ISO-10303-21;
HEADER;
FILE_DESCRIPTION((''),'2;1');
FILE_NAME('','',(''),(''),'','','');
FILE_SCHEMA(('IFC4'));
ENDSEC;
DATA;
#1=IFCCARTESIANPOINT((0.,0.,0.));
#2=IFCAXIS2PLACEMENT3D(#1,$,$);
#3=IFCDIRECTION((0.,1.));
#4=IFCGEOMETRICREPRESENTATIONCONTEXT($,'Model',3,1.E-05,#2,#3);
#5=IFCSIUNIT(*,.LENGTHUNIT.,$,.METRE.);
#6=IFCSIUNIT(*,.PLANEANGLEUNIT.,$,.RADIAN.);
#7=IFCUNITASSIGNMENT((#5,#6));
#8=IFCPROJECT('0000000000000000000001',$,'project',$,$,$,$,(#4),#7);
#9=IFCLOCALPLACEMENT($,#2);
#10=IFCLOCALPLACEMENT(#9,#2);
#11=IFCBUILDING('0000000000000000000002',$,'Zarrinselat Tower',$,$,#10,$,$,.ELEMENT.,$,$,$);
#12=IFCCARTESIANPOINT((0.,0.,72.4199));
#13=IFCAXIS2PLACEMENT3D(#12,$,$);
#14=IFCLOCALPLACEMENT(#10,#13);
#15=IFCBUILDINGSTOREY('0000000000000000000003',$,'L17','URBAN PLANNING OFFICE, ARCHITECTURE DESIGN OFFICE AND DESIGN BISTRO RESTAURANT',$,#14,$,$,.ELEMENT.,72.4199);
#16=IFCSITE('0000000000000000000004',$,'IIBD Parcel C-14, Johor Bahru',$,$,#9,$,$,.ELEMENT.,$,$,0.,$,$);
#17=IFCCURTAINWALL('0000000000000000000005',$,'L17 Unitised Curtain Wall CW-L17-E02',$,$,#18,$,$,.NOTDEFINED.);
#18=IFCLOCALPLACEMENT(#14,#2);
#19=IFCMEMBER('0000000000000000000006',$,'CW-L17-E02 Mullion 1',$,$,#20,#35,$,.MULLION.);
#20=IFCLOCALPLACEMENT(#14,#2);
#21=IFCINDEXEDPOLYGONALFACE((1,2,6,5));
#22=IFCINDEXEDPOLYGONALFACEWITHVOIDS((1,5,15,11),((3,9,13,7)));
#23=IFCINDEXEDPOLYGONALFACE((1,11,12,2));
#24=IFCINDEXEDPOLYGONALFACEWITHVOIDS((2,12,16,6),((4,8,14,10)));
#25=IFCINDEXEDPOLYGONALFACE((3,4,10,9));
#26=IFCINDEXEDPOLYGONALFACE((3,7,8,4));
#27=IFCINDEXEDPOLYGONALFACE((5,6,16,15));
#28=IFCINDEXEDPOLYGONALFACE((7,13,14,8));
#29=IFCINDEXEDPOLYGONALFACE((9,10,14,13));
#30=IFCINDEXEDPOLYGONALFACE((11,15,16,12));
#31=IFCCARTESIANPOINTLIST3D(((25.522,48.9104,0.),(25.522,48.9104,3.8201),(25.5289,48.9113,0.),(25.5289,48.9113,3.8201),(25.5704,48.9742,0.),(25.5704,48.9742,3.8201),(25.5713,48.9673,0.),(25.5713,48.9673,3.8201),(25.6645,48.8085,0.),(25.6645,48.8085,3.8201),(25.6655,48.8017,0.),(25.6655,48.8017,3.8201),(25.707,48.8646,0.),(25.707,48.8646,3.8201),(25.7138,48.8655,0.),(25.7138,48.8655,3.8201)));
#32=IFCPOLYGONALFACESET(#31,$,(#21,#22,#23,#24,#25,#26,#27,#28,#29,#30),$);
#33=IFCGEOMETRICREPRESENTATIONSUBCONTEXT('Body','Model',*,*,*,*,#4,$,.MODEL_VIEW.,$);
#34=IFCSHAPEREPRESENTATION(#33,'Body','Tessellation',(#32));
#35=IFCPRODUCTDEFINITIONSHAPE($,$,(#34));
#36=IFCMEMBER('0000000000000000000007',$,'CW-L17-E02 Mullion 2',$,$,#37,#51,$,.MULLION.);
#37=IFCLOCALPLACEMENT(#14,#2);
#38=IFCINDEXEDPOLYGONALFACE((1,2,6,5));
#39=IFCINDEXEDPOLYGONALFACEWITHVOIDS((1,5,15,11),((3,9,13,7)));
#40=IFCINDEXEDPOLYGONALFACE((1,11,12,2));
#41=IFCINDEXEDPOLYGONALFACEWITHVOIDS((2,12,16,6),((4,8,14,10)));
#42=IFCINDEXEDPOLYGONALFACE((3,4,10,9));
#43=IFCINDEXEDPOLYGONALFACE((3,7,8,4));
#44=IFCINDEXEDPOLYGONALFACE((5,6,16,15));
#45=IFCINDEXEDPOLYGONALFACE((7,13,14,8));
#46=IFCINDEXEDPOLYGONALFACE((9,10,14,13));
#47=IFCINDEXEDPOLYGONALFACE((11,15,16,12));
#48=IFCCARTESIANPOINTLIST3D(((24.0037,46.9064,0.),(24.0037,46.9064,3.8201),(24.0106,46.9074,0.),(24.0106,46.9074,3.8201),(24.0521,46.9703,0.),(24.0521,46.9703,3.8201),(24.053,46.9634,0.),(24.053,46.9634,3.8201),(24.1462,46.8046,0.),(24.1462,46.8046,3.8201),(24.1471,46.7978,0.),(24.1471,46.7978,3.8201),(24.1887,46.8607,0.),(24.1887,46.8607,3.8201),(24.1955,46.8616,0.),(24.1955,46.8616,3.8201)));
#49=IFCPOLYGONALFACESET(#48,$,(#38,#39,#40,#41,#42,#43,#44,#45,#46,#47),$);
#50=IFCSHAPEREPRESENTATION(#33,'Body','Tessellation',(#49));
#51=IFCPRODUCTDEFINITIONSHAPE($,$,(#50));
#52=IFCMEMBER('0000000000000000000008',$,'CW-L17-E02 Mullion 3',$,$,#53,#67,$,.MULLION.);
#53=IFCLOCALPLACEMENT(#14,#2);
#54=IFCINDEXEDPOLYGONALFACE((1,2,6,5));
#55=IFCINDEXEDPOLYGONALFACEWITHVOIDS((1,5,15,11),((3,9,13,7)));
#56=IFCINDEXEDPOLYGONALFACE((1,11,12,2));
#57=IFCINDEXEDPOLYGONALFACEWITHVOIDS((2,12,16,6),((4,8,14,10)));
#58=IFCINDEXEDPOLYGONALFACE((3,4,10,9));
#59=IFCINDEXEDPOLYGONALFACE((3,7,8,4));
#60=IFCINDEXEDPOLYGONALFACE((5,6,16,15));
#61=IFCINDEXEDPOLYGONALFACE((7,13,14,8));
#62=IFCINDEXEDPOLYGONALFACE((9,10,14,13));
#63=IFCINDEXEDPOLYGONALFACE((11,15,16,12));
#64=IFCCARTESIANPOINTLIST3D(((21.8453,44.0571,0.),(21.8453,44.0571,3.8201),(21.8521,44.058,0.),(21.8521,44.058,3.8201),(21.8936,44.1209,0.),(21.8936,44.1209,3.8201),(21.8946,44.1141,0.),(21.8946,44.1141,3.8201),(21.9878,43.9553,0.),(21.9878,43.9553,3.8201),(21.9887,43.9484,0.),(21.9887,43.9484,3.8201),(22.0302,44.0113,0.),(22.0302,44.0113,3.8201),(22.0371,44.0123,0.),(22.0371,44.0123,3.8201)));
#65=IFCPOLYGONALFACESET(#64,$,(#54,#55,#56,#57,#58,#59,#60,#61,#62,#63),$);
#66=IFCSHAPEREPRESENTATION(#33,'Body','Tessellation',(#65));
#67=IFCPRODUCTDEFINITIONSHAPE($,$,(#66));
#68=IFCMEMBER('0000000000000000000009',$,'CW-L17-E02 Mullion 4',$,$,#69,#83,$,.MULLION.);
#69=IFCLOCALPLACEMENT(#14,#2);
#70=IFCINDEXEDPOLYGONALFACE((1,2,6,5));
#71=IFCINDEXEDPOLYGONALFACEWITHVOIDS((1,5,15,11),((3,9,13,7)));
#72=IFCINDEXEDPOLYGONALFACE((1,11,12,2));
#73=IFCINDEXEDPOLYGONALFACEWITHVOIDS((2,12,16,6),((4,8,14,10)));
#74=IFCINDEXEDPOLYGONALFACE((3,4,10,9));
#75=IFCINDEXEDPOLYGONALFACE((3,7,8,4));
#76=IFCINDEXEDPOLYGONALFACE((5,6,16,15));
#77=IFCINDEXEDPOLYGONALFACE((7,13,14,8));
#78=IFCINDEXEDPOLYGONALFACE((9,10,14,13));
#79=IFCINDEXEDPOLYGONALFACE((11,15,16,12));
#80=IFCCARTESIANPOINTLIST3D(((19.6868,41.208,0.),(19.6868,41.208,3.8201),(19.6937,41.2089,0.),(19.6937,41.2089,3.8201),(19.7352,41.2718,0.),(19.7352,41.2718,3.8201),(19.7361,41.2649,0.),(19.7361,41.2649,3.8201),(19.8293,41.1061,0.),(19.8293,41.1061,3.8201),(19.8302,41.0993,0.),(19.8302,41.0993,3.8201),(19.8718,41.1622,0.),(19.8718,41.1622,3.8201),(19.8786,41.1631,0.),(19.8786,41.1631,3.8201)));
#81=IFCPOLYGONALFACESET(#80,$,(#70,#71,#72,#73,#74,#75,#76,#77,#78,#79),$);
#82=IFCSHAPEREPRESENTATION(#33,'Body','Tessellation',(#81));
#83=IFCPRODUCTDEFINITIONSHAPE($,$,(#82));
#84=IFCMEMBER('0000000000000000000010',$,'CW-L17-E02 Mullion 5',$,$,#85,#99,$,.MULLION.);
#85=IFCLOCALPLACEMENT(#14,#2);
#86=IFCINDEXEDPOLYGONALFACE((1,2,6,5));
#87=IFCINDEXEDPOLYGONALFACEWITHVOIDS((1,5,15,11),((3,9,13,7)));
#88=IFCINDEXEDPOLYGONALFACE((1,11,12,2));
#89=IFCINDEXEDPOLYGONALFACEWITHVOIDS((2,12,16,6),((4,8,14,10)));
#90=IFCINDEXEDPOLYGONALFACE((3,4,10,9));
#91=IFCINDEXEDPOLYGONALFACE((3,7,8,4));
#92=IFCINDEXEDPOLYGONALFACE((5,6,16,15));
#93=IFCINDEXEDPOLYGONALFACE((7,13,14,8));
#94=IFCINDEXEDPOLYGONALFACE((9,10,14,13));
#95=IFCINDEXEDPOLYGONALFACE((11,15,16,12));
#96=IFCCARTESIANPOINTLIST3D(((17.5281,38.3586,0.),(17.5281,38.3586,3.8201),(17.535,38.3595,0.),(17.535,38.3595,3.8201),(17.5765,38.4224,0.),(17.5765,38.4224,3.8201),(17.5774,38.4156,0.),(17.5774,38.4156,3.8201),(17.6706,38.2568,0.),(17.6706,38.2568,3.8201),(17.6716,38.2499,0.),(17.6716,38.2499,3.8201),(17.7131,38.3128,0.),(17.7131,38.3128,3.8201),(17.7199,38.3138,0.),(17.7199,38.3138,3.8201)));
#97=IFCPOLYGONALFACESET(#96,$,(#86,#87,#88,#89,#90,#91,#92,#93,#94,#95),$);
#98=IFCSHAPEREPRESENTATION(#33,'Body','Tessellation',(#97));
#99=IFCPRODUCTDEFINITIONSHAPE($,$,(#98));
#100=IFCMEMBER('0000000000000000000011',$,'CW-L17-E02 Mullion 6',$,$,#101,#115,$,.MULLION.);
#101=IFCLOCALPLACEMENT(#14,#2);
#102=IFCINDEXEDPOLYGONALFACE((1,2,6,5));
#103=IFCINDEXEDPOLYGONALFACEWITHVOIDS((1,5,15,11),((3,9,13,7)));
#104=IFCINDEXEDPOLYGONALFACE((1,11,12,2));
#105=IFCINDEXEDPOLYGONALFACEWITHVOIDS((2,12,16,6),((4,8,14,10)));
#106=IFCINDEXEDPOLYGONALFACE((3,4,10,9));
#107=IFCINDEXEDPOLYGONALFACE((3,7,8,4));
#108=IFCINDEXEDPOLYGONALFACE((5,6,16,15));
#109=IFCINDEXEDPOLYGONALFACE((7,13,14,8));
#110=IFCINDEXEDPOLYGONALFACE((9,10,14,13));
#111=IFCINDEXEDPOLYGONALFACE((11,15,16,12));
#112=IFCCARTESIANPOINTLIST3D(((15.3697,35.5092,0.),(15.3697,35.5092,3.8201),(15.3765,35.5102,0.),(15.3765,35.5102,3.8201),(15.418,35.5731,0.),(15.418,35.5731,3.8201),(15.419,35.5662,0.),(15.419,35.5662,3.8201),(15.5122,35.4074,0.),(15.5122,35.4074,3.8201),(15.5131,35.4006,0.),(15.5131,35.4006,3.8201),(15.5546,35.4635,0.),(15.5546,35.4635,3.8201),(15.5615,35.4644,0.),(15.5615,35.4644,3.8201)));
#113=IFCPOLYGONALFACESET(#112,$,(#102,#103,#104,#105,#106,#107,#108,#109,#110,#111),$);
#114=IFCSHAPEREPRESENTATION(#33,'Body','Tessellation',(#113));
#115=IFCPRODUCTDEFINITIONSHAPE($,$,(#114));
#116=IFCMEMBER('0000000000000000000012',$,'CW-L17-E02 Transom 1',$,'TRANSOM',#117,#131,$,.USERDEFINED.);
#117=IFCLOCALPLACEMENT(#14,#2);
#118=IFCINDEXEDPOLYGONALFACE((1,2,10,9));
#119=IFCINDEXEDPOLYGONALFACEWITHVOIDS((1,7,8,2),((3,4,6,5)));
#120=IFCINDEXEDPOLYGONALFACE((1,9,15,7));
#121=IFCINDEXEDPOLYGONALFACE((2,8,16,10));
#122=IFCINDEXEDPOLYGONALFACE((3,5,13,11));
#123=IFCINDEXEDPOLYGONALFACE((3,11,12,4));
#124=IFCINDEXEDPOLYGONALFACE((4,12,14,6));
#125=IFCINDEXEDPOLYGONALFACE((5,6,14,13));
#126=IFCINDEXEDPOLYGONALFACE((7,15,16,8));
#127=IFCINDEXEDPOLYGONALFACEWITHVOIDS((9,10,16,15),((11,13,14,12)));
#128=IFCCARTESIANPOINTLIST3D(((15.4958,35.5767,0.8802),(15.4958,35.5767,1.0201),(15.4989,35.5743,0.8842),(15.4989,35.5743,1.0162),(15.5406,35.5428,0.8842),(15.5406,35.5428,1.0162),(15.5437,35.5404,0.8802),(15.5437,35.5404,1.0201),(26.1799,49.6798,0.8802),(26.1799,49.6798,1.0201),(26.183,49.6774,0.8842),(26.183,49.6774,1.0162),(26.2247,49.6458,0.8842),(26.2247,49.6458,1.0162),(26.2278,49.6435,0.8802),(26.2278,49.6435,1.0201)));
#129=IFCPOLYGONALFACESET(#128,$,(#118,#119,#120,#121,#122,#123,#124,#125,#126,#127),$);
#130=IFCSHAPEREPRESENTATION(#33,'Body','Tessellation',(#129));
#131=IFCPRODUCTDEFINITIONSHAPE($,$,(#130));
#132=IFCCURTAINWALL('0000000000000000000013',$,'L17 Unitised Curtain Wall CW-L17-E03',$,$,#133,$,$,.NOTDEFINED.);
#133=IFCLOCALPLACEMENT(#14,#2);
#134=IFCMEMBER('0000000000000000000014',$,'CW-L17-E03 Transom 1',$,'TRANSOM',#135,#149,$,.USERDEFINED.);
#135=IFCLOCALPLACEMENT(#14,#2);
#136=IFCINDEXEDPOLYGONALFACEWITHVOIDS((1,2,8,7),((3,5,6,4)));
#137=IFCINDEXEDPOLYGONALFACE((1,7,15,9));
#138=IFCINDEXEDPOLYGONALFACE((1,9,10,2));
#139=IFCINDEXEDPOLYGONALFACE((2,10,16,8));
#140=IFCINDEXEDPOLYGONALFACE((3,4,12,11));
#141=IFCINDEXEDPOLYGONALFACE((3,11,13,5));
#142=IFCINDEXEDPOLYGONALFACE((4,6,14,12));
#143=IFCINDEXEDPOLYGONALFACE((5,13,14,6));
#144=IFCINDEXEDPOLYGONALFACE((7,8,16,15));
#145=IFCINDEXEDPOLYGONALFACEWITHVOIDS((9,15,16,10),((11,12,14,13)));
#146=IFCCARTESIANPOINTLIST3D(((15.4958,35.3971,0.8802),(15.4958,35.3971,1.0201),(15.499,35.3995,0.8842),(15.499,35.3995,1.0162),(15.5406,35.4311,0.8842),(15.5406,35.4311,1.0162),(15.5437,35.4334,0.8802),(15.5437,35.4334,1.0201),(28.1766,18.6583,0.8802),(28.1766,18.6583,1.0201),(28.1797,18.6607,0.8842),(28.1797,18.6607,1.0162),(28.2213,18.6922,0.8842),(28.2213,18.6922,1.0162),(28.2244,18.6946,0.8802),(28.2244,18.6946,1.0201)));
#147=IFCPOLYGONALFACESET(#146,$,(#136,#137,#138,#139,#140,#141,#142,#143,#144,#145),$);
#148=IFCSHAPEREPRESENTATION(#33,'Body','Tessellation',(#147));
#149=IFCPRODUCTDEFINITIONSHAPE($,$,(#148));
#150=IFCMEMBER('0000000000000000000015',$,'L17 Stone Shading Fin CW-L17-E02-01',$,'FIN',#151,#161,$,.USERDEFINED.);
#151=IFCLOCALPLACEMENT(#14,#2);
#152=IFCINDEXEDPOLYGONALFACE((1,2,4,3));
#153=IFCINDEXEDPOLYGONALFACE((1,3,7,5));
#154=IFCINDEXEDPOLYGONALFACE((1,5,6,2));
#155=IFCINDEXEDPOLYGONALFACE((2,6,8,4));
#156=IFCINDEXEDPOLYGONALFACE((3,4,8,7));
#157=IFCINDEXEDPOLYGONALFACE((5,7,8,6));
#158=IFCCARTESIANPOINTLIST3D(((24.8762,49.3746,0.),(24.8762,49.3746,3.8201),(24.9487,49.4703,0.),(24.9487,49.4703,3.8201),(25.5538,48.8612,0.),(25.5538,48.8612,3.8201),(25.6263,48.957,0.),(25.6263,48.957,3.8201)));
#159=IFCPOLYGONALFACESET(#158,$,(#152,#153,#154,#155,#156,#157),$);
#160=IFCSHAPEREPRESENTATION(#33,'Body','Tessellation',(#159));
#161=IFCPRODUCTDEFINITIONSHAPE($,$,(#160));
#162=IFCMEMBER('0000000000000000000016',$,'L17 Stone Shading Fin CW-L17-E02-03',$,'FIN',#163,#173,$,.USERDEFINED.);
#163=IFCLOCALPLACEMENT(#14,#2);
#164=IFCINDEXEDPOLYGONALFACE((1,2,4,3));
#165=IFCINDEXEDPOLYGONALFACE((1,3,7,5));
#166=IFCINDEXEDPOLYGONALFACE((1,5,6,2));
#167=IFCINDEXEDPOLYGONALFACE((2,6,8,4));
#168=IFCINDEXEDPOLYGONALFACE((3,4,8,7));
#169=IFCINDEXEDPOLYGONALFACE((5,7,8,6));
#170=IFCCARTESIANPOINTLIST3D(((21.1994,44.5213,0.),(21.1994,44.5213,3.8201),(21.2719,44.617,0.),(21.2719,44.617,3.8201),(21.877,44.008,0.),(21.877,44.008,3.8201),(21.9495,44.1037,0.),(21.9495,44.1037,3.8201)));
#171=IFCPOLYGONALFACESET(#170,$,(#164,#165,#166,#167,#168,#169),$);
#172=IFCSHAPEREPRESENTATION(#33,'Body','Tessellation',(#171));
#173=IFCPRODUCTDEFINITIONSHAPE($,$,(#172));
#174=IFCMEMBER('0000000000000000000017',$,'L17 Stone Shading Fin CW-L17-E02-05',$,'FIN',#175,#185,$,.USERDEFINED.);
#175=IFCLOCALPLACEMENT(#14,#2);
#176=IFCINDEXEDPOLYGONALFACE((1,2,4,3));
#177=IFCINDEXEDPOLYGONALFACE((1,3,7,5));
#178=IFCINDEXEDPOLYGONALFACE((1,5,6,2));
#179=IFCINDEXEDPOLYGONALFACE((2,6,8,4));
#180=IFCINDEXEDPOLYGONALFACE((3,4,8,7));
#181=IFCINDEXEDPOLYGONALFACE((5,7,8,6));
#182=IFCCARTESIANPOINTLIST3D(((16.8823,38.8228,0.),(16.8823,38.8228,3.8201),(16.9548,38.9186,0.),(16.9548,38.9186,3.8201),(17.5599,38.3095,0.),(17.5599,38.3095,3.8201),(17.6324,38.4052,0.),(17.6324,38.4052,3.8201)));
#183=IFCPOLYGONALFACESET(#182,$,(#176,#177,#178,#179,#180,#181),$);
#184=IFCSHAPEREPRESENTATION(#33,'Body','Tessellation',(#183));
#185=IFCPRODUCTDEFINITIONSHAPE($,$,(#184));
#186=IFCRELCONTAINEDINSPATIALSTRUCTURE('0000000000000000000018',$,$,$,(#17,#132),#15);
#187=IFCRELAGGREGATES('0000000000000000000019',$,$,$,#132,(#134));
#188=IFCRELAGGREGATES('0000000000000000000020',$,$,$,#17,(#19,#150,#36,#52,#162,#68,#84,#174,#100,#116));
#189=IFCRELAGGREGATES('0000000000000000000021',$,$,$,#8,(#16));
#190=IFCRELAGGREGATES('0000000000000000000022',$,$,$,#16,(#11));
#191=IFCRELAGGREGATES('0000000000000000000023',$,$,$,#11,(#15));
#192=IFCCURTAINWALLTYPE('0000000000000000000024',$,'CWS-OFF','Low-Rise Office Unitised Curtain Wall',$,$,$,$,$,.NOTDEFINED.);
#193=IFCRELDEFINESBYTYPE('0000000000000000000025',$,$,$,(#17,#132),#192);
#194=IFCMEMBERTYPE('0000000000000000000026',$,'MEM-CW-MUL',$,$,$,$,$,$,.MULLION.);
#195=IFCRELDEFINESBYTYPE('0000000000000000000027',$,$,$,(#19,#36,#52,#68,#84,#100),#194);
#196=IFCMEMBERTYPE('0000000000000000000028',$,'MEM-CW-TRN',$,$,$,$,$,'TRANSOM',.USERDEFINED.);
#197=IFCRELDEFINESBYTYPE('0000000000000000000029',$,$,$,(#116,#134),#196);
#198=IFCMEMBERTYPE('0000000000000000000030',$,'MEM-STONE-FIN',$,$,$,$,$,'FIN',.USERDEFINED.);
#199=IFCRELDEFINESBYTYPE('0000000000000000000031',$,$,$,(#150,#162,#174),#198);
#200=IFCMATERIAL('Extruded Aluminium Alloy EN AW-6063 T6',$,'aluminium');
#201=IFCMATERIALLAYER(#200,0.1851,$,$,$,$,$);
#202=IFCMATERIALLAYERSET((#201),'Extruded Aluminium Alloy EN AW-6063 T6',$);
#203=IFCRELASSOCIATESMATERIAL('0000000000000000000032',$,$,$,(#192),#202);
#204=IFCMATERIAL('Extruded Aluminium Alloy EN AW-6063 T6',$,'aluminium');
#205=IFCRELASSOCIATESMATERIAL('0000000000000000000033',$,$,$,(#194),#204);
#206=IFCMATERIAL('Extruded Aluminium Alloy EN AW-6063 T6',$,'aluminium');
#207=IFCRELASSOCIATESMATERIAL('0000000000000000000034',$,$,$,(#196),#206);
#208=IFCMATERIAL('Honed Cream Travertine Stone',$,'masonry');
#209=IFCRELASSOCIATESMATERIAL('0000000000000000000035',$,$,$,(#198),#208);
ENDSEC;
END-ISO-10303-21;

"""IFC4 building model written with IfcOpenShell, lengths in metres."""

from ifc_helpers import new_model, si_unit, direction, frame, origin, origin_2d, place, context, subcontext, project, spatial, rectangle, hollow_rectangle, extrude, material, layer, layer_set, material_profile, profile_set, type_object, element, aggregate, save


model = new_model("IFC4")

# Units and contexts
model_context = context("Model", 3, precision=1e-05, world=origin(), true_north=direction((0.0, 1.0)))
body_context = subcontext(model_context, "Body", "Model", "MODEL_VIEW")
ifc_project = project(units=[si_unit("LENGTHUNIT", "METRE"), si_unit("PLANEANGLEUNIT", "RADIAN")], contexts=[model_context])

# Site, building, storey
site_placement = place(None, origin())
site = spatial("IfcSite", under=ifc_project, at=site_placement, Name="IIBD Parcel C-14, Johor Bahru", CompositionType="ELEMENT", RefElevation=0.0)
building_placement = place(site_placement, origin())
building = spatial("IfcBuilding", under=site, at=building_placement, Name="Zarrinselat Tower", CompositionType="ELEMENT")
storey_placement = place(building_placement, frame((0.0, 0.0, 72.4199)))
storey = spatial("IfcBuildingStorey", under=building, at=storey_placement, Name="L17", Description="URBAN PLANNING OFFICE, ARCHITECTURE DESIGN OFFICE AND DESIGN BISTRO RESTAURANT", CompositionType="ELEMENT", Elevation=72.4199)

# Shared definitions
ifc_material_1 = material(Name="Extruded Aluminium Alloy EN AW-6063 T6", Category="aluminium")
ifc_layer_1 = layer(ifc_material_1, 0.1851)
ifc_layer_set_1 = layer_set([ifc_layer_1], Name="Extruded Aluminium Alloy EN AW-6063 T6")
curtain_wall_type = type_object("IfcCurtainWallType", Name="CWS-OFF", Description="Low-Rise Office Unitised Curtain Wall", PredefinedType="NOTDEFINED", material=ifc_layer_set_1)
ifc_material_2 = material(Name="Extruded Aluminium Alloy EN AW-6063 T6", Category="aluminium")
ifc_material_profile_1 = material_profile(ifc_material_2, hollow_rectangle(XDim=0.0801, YDim=0.1799, WallThickness=0.0049, at=origin_2d()), Name="RHS 180x80x5")
ifc_profile_set_1 = profile_set([ifc_material_profile_1], Name="Extruded Aluminium Alloy EN AW-6063 T6")
member_type_1 = type_object("IfcMemberType", Name="MEM-CW-MUL", PredefinedType="MULLION", material=ifc_profile_set_1)

# Curtain wall, members
curtain_wall_1_placement = place(storey_placement, origin())
curtain_wall_1 = element("IfcCurtainWall", 1, at=curtain_wall_1_placement, inside=storey, type_object=curtain_wall_type, Name="L17 Unitised Curtain Wall CW-L17-E02", PredefinedType="NOTDEFINED")
member_1_placement = place(storey_placement, frame((25.6179, 48.8879, 0.0), z_axis=(0.0, 0.0, 1.0), x_axis=(-0.603857, -0.797093, 0.0)))
member_1 = element("IfcMember", 2, at=member_1_placement, type_object=member_type_1, Name="CW-L17-E02 Mullion 1", PredefinedType="MULLION", context=body_context, shape_type="SweptSolid", body=[
    extrude(hollow_rectangle(XDim=0.0801, YDim=0.1799, WallThickness=0.0049, at=origin_2d()), origin(), (0.0, 0.0, 1.0), 3.8201),
])
member_2_placement = place(storey_placement, frame((24.0996, 46.884, 0.0), z_axis=(0.0, 0.0, 1.0), x_axis=(-0.603857, -0.797093, 0.0)))
member_2 = element("IfcMember", 3, at=member_2_placement, type_object=member_type_1, Name="CW-L17-E02 Mullion 2", PredefinedType="MULLION", context=body_context, shape_type="SweptSolid", body=[
    extrude(hollow_rectangle(XDim=0.0801, YDim=0.1799, WallThickness=0.0049, at=origin_2d()), origin(), (0.0, 0.0, 1.0), 3.8201),
])
member_3_placement = place(storey_placement, frame((21.9412, 44.0347, 0.0), z_axis=(0.0, 0.0, 1.0), x_axis=(-0.603857, -0.797093, 0.0)))
member_3 = element("IfcMember", 4, at=member_3_placement, type_object=member_type_1, Name="CW-L17-E02 Mullion 3", PredefinedType="MULLION", context=body_context, shape_type="SweptSolid", body=[
    extrude(hollow_rectangle(XDim=0.0801, YDim=0.1799, WallThickness=0.0049, at=origin_2d()), origin(), (0.0, 0.0, 1.0), 3.8201),
])
member_4_placement = place(storey_placement, frame((19.7827, 41.1855, 0.0), z_axis=(0.0, 0.0, 1.0), x_axis=(-0.603857, -0.797093, 0.0)))
member_4 = element("IfcMember", 5, at=member_4_placement, type_object=member_type_1, Name="CW-L17-E02 Mullion 4", PredefinedType="MULLION", context=body_context, shape_type="SweptSolid", body=[
    extrude(hollow_rectangle(XDim=0.0801, YDim=0.1799, WallThickness=0.0049, at=origin_2d()), origin(), (0.0, 0.0, 1.0), 3.8201),
])
member_5_placement = place(storey_placement, frame((17.624, 38.3362, 0.0), z_axis=(0.0, 0.0, 1.0), x_axis=(-0.603857, -0.797093, 0.0)))
member_5 = element("IfcMember", 6, at=member_5_placement, type_object=member_type_1, Name="CW-L17-E02 Mullion 5", PredefinedType="MULLION", context=body_context, shape_type="SweptSolid", body=[
    extrude(hollow_rectangle(XDim=0.0801, YDim=0.1799, WallThickness=0.0049, at=origin_2d()), origin(), (0.0, 0.0, 1.0), 3.8201),
])
member_6_placement = place(storey_placement, frame((15.4656, 35.4868, 0.0), z_axis=(0.0, 0.0, 1.0), x_axis=(-0.603857, -0.797093, 0.0)))
member_6 = element("IfcMember", 7, at=member_6_placement, type_object=member_type_1, Name="CW-L17-E02 Mullion 6", PredefinedType="MULLION", context=body_context, shape_type="SweptSolid", body=[
    extrude(hollow_rectangle(XDim=0.0801, YDim=0.1799, WallThickness=0.0049, at=origin_2d()), origin(), (0.0, 0.0, 1.0), 3.8201),
])
ifc_material_3 = material(Name="Extruded Aluminium Alloy EN AW-6063 T6", Category="aluminium")
ifc_material_profile_2 = material_profile(ifc_material_3, hollow_rectangle(XDim=0.0601, YDim=0.1399, WallThickness=0.0039, at=origin_2d()), Name="RHS 140x60x4")
ifc_profile_set_2 = profile_set([ifc_material_profile_2], Name="Extruded Aluminium Alloy EN AW-6063 T6")
member_type_2 = type_object("IfcMemberType", Name="MEM-CW-TRN", ElementType="TRANSOM", PredefinedType="USERDEFINED", material=ifc_profile_set_2)
member_7_placement = place(storey_placement, frame((26.2039, 49.6616, 0.9502), z_axis=(-0.603857, -0.797093, 0.0), x_axis=(0.797093, -0.603857, 0.0)))
member_7 = element("IfcMember", 8, at=member_7_placement, type_object=member_type_2, Name="CW-L17-E02 Transom 1", ObjectType="TRANSOM", PredefinedType="USERDEFINED", context=body_context, shape_type="SweptSolid", body=[
    extrude(hollow_rectangle(XDim=0.0601, YDim=0.1399, WallThickness=0.0039, at=origin_2d()), origin(), (0.0, 0.0, 1.0), 17.6931),
])

# Curtain wall, member
curtain_wall_2_placement = place(storey_placement, origin())
curtain_wall_2 = element("IfcCurtainWall", 9, at=curtain_wall_2_placement, inside=storey, type_object=curtain_wall_type, Name="L17 Unitised Curtain Wall CW-L17-E03", PredefinedType="NOTDEFINED")
member_8_placement = place(storey_placement, frame((15.5198, 35.4153, 0.9502), z_axis=(0.603851, -0.797097, 0.0), x_axis=(0.797097, 0.603851, 0.0)))
member_8 = element("IfcMember", 10, at=member_8_placement, type_object=member_type_2, Name="CW-L17-E03 Transom 1", ObjectType="TRANSOM", PredefinedType="USERDEFINED", context=body_context, shape_type="SweptSolid", body=[
    extrude(hollow_rectangle(XDim=0.0601, YDim=0.1399, WallThickness=0.0039, at=origin_2d()), origin(), (0.0, 0.0, 1.0), 20.9998),
])
aggregate(curtain_wall_2, [member_8])

# Members
ifc_material_4 = material(Name="Honed Cream Travertine Stone", Category="masonry")
ifc_material_profile_3 = material_profile(ifc_material_4, rectangle(XDim=0.1201, YDim=0.8501, at=origin_2d()), Name="FIN 850x120")
ifc_profile_set_3 = profile_set([ifc_material_profile_3], Name="Honed Cream Travertine Stone")
member_type_3 = type_object("IfcMemberType", Name="MEM-STONE-FIN", ElementType="FIN", PredefinedType="USERDEFINED", material=ifc_profile_set_3)
member_9_placement = place(storey_placement, frame((25.2512, 49.1658, 0.0), z_axis=(0.0, 0.0, 1.0), x_axis=(0.603857, 0.797093, 0.0)))
member_9 = element("IfcMember", 11, at=member_9_placement, type_object=member_type_3, Name="L17 Stone Shading Fin CW-L17-E02-01", ObjectType="FIN", PredefinedType="USERDEFINED", context=body_context, shape_type="SweptSolid", body=[
    extrude(rectangle(XDim=0.1201, YDim=0.8501, at=origin_2d()), origin(), (0.0, 0.0, 1.0), 3.8201),
])
member_10_placement = place(storey_placement, frame((21.5745, 44.3125, 0.0), z_axis=(0.0, 0.0, 1.0), x_axis=(0.603857, 0.797093, 0.0)))
member_10 = element("IfcMember", 12, at=member_10_placement, type_object=member_type_3, Name="L17 Stone Shading Fin CW-L17-E02-03", ObjectType="FIN", PredefinedType="USERDEFINED", context=body_context, shape_type="SweptSolid", body=[
    extrude(rectangle(XDim=0.1201, YDim=0.8501, at=origin_2d()), origin(), (0.0, 0.0, 1.0), 3.8201),
])
member_11_placement = place(storey_placement, frame((17.2573, 38.614, 0.0), z_axis=(0.0, 0.0, 1.0), x_axis=(0.603857, 0.797093, 0.0)))
member_11 = element("IfcMember", 13, at=member_11_placement, type_object=member_type_3, Name="L17 Stone Shading Fin CW-L17-E02-05", ObjectType="FIN", PredefinedType="USERDEFINED", context=body_context, shape_type="SweptSolid", body=[
    extrude(rectangle(XDim=0.1201, YDim=0.8501, at=origin_2d()), origin(), (0.0, 0.0, 1.0), 3.8201),
])

aggregate(curtain_wall_1, [member_1, member_9, member_2, member_3, member_10, member_4, member_5, member_11, member_6, member_7])

save(model, "model.ifc")
